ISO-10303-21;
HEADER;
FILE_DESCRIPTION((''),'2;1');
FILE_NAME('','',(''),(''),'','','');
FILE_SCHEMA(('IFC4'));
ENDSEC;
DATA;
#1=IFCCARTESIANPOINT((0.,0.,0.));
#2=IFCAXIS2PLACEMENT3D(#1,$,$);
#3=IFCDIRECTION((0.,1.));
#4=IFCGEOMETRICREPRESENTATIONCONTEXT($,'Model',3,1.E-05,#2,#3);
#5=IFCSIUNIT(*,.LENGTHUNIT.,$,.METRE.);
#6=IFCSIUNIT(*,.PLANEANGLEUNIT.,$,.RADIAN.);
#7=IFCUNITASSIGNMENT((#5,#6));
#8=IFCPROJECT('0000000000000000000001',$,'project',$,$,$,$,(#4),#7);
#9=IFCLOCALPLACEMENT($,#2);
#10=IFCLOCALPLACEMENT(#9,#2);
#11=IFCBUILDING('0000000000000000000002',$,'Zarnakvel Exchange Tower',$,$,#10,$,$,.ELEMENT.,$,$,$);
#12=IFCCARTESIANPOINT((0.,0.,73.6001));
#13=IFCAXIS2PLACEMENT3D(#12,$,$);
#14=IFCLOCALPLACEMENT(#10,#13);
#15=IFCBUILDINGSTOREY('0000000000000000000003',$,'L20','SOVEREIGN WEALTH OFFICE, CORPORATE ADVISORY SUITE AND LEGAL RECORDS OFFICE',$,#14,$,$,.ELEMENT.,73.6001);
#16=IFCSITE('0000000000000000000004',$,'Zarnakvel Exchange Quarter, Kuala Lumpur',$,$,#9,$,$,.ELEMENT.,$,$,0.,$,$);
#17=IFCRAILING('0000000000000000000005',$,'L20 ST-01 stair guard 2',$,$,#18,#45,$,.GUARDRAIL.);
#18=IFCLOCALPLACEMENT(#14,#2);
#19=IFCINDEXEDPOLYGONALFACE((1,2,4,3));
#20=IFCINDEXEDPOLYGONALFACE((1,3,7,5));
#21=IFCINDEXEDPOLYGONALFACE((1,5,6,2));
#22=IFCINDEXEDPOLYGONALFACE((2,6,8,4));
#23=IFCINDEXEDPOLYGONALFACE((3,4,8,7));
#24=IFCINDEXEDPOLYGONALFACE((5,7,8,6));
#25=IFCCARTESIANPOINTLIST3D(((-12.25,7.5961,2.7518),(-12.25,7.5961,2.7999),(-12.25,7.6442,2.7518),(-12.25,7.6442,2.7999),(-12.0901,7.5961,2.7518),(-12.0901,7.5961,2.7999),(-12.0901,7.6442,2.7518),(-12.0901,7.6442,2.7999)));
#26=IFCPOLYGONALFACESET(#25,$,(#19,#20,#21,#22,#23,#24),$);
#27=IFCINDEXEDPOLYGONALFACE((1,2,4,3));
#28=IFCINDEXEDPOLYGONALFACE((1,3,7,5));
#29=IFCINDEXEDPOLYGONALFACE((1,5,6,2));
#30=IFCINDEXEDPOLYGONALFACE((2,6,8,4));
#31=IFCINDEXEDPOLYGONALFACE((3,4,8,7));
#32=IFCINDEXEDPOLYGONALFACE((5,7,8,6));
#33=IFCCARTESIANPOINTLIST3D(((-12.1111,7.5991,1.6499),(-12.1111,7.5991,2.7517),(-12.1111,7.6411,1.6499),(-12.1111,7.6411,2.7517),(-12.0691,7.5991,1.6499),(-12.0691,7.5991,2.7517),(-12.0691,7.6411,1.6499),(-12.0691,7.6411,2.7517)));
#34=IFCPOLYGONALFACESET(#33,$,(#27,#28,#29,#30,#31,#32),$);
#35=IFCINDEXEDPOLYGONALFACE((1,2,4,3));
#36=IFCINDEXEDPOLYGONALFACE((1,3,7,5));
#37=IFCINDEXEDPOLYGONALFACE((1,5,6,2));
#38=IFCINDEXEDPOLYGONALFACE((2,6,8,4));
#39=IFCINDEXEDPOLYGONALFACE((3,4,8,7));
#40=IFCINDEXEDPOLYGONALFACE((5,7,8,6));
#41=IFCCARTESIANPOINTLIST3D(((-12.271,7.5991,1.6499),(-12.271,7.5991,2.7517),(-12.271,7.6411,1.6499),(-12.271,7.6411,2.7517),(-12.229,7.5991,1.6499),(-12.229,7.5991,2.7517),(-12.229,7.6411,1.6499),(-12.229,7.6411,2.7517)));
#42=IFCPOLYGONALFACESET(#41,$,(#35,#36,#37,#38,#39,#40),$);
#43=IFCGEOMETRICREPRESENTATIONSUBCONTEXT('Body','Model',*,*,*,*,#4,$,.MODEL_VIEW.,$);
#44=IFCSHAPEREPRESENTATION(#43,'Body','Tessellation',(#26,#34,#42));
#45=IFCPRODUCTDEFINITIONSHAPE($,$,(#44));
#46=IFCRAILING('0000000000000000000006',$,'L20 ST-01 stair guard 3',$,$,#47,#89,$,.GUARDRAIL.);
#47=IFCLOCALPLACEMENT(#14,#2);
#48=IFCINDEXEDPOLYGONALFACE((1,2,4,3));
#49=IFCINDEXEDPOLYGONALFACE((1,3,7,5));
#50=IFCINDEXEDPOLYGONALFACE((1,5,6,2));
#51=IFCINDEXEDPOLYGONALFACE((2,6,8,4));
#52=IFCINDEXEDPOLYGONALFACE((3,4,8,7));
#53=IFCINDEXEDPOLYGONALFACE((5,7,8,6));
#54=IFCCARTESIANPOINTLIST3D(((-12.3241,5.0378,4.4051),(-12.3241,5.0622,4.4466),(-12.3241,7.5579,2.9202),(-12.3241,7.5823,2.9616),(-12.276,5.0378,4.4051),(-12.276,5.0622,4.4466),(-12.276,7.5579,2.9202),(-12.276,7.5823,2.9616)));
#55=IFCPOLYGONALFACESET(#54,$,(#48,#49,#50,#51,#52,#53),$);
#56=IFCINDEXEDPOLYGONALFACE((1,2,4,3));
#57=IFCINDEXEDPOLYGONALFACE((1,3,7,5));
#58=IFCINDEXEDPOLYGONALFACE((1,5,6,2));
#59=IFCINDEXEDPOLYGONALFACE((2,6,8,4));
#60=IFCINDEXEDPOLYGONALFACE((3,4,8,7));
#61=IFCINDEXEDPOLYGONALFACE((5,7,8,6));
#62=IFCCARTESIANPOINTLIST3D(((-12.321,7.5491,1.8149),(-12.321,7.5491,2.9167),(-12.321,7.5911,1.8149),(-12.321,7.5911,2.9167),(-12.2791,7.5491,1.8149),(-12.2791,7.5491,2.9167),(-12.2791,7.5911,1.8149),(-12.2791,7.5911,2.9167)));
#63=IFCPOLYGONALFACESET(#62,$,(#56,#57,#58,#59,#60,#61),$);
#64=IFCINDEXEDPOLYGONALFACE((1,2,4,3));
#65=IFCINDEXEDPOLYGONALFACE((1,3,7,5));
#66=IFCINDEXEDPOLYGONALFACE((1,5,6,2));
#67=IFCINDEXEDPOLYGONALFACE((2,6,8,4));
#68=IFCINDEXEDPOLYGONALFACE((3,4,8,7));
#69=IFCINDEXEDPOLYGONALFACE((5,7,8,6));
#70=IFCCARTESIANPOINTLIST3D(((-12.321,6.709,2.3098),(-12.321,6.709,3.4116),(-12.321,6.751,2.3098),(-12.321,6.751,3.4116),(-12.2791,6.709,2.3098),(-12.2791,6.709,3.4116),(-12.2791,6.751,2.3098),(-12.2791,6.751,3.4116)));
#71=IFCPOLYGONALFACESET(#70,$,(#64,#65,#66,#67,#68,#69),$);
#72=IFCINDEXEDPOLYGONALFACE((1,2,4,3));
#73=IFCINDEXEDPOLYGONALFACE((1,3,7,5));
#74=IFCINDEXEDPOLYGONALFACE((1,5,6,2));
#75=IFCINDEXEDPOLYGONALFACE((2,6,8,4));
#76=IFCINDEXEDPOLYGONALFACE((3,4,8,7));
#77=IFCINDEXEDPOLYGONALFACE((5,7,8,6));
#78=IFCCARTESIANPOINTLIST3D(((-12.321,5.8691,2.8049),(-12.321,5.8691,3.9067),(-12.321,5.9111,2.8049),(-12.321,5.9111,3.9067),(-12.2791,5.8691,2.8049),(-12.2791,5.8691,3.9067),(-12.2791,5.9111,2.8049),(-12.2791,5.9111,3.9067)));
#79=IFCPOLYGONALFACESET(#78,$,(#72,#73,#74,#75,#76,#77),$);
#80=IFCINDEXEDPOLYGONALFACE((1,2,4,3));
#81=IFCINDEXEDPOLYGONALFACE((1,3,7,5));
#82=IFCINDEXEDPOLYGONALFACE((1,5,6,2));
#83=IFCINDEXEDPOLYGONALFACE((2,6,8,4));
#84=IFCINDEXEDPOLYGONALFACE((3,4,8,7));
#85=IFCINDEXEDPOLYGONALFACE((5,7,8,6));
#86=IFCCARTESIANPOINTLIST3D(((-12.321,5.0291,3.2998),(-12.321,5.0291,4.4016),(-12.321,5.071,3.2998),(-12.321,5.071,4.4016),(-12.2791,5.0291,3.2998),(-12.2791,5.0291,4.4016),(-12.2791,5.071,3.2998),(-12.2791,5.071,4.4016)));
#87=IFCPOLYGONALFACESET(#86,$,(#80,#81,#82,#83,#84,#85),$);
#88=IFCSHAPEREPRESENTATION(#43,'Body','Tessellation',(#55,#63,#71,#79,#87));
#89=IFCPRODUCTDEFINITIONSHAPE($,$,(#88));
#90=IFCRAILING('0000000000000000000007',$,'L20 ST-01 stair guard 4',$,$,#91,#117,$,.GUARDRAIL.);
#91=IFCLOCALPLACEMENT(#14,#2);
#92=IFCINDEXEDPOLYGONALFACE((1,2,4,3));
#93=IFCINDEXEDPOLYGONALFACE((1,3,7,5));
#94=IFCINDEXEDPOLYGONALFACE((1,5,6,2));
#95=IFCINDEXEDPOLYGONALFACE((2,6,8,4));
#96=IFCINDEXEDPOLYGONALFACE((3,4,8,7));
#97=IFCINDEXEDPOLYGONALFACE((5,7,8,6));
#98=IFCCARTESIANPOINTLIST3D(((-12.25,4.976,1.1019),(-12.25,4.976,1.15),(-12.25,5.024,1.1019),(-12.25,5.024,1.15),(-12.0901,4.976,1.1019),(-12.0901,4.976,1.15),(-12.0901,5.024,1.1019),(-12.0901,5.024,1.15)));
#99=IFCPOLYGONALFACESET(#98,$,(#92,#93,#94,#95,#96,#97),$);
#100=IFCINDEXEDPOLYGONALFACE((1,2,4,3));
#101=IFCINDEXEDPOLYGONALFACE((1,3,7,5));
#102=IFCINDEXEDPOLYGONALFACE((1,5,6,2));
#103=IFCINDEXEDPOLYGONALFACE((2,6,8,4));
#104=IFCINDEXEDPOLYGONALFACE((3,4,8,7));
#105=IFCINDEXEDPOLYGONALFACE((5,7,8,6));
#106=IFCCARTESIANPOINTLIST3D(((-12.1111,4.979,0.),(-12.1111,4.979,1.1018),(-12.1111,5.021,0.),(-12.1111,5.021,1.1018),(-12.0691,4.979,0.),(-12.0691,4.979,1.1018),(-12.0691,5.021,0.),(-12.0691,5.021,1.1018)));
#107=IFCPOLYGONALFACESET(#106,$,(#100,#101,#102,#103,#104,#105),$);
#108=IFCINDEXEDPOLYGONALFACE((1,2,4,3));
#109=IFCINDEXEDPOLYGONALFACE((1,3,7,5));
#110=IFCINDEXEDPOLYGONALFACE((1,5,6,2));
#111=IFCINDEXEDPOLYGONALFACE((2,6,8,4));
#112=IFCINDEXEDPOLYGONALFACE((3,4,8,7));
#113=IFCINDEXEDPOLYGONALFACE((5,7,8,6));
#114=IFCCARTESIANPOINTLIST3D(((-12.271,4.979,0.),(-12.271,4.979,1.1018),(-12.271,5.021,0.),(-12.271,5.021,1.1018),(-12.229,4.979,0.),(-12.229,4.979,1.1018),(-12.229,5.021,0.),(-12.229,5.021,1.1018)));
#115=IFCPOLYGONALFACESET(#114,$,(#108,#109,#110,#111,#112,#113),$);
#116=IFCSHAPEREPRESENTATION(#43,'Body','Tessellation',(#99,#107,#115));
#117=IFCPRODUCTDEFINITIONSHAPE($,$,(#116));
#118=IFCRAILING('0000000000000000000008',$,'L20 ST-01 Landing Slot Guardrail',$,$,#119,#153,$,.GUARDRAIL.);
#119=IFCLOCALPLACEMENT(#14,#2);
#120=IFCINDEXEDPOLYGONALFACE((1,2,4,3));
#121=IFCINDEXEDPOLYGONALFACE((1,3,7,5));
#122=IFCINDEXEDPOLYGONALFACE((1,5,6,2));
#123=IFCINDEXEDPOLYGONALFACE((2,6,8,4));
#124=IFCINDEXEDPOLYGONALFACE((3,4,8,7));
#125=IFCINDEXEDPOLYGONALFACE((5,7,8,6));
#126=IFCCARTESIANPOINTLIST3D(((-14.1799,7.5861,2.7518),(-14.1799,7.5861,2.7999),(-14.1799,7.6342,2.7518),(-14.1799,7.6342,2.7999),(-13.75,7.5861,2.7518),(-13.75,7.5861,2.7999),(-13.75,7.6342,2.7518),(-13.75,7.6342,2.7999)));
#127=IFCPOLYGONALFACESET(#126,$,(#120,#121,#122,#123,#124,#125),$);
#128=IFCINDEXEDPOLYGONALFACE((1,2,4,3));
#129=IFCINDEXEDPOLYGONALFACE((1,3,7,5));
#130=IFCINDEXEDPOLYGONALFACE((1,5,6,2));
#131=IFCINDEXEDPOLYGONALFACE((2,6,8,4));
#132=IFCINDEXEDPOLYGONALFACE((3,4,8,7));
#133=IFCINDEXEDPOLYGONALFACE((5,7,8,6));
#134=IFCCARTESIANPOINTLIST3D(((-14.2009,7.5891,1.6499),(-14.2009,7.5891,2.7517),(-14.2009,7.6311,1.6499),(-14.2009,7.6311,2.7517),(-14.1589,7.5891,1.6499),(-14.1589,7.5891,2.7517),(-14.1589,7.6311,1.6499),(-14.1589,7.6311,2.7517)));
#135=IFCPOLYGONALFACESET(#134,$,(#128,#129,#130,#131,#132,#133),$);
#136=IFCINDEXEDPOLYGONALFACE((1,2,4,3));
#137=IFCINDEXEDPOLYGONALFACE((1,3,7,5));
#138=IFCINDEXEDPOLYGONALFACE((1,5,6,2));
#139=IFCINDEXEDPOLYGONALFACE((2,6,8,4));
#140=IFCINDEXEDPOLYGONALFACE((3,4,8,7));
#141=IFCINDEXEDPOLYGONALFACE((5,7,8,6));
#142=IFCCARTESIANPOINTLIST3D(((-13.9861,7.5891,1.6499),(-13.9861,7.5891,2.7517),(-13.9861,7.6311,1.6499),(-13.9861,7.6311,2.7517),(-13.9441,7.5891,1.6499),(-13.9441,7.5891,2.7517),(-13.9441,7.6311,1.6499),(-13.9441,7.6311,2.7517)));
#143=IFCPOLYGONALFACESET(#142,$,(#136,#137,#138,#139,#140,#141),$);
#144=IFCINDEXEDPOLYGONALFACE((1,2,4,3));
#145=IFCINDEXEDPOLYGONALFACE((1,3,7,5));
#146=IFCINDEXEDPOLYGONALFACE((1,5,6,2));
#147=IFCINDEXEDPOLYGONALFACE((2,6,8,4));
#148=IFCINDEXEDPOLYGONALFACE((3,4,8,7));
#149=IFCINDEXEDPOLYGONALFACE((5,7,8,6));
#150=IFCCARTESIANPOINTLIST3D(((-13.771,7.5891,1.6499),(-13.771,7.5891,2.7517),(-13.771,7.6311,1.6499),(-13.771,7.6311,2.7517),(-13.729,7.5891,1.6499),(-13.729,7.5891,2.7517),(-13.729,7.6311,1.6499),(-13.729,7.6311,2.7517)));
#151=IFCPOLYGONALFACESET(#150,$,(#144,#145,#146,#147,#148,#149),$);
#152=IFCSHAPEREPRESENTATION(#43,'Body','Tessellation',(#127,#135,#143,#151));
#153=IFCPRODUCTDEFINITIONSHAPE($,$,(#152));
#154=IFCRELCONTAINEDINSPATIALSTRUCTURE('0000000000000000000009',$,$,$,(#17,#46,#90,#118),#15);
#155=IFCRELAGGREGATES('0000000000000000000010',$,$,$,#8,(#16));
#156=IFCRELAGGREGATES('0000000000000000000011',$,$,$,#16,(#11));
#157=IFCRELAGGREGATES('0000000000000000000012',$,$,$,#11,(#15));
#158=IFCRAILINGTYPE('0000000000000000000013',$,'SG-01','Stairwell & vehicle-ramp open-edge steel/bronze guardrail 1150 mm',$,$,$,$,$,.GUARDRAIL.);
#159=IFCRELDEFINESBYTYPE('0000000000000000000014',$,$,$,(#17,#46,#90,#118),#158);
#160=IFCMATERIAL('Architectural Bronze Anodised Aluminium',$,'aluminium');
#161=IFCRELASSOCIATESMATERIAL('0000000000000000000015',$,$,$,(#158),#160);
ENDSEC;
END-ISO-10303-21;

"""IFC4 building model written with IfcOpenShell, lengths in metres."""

from ifc_helpers import new_model, si_unit, direction, frame, origin, origin_2d, place, context, subcontext, project, spatial, rectangle, extrude, material, type_object, element, save


model = new_model("IFC4")

# Units and contexts
model_context = context("Model", 3, precision=1e-05, world=origin(), true_north=direction((0.0, 1.0)))
body_context = subcontext(model_context, "Body", "Model", "MODEL_VIEW")
ifc_project = project(units=[si_unit("LENGTHUNIT", "METRE"), si_unit("PLANEANGLEUNIT", "RADIAN")], contexts=[model_context])

# Site, building, storey
site_placement = place(None, origin())
site = spatial("IfcSite", under=ifc_project, at=site_placement, Name="Zarnakvel Exchange Quarter, Kuala Lumpur", CompositionType="ELEMENT", RefElevation=0.0)
building_placement = place(site_placement, origin())
building = spatial("IfcBuilding", under=site, at=building_placement, Name="Zarnakvel Exchange Tower", CompositionType="ELEMENT")
storey_placement = place(building_placement, frame((0.0, 0.0, 73.6001)))
storey = spatial("IfcBuildingStorey", under=building, at=storey_placement, Name="L20", Description="SOVEREIGN WEALTH OFFICE, CORPORATE ADVISORY SUITE AND LEGAL RECORDS OFFICE", CompositionType="ELEMENT", Elevation=73.6001)

# Shared definitions
ifc_material_1 = material(Name="Architectural Bronze Anodised Aluminium", Category="aluminium")

# Railings
railing_type_1 = type_object("IfcRailingType", Name="SG-01", Description="Stairwell & vehicle-ramp open-edge steel/bronze guardrail 1150 mm", PredefinedType="GUARDRAIL", material=ifc_material_1)
railing_1_placement = place(storey_placement, frame((-12.0901, 7.6201, 1.6499)))
element("IfcRailing", 1, at=railing_1_placement, inside=storey, type_object=railing_type_1, Name="L20 ST-01 stair guard 2", PredefinedType="GUARDRAIL", context=body_context, shape_type="SweptSolid", body=[
    extrude(rectangle(XDim=0.0481, YDim=0.0481, at=origin_2d()), frame((0.0, 0.0, 1.126), z_axis=(-1.0, 0.0, 0.0), x_axis=(0.0, -1.0, 0.0)), (0.0, 0.0, 1.0), 0.1599),
    extrude(rectangle(XDim=0.042, YDim=0.042, at=origin_2d()), origin(), (0.0, 0.0, 1.0), 1.1018),
    extrude(rectangle(XDim=0.042, YDim=0.042, at=origin_2d()), frame((-0.1599, 0.0, 0.0)), (0.0, 0.0, 1.0), 1.1018),
])
railing_2_placement = place(storey_placement, frame((-12.3, 7.5701, 1.8149)))
element("IfcRailing", 2, at=railing_2_placement, inside=storey, type_object=railing_type_1, Name="L20 ST-01 stair guard 3", PredefinedType="GUARDRAIL", context=body_context, shape_type="SweptSolid", body=[
    extrude(rectangle(XDim=0.0481, YDim=0.0481, at=origin_2d()), frame((0.0, 0.0, 1.126), z_axis=(0.0, -0.861561, 0.507655), x_axis=(1.0, 0.0, 0.0)), (0.0, 0.0, 1.0), 2.925),
    extrude(rectangle(XDim=0.042, YDim=0.042, at=origin_2d()), origin(), (0.0, 0.0, 1.0), 1.1018),
    extrude(rectangle(XDim=0.042, YDim=0.042, at=origin_2d()), frame((0.0, -0.8401, 0.4949)), (0.0, 0.0, 1.0), 1.1018),
    extrude(rectangle(XDim=0.042, YDim=0.042, at=origin_2d()), frame((0.0, -1.6799, 0.99)), (0.0, 0.0, 1.0), 1.1018),
    extrude(rectangle(XDim=0.042, YDim=0.042, at=origin_2d()), frame((0.0, -2.52, 1.4849)), (0.0, 0.0, 1.0), 1.1018),
])
railing_3_placement = place(storey_placement, frame((-12.0901, 5.0, 0.0)))
element("IfcRailing", 3, at=railing_3_placement, inside=storey, type_object=railing_type_1, Name="L20 ST-01 stair guard 4", PredefinedType="GUARDRAIL", context=body_context, shape_type="SweptSolid", body=[
    extrude(rectangle(XDim=0.0481, YDim=0.0481, at=origin_2d()), frame((0.0, 0.0, 1.126), z_axis=(-1.0, 0.0, 0.0), x_axis=(0.0, -1.0, 0.0)), (0.0, 0.0, 1.0), 0.1599),
    extrude(rectangle(XDim=0.042, YDim=0.042, at=origin_2d()), origin(), (0.0, 0.0, 1.0), 1.1018),
    extrude(rectangle(XDim=0.042, YDim=0.042, at=origin_2d()), frame((-0.1599, 0.0, 0.0)), (0.0, 0.0, 1.0), 1.1018),
])
railing_4_placement = place(storey_placement, frame((-14.1799, 7.6101, 1.6499)))
element("IfcRailing", 4, at=railing_4_placement, inside=storey, type_object=railing_type_1, Name="L20 ST-01 Landing Slot Guardrail", PredefinedType="GUARDRAIL", context=body_context, shape_type="SweptSolid", body=[
    extrude(rectangle(XDim=0.0481, YDim=0.0481, at=origin_2d()), frame((0.0, 0.0, 1.126), z_axis=(1.0, 0.0, 0.0), x_axis=(0.0, 1.0, 0.0)), (0.0, 0.0, 1.0), 0.4299),
    extrude(rectangle(XDim=0.042, YDim=0.042, at=origin_2d()), origin(), (0.0, 0.0, 1.0), 1.1018),
    extrude(rectangle(XDim=0.042, YDim=0.042, at=origin_2d()), frame((0.2148, 0.0, 0.0)), (0.0, 0.0, 1.0), 1.1018),
    extrude(rectangle(XDim=0.042, YDim=0.042, at=origin_2d()), frame((0.4299, 0.0, 0.0)), (0.0, 0.0, 1.0), 1.1018),
])

save(model, "model.ifc")
